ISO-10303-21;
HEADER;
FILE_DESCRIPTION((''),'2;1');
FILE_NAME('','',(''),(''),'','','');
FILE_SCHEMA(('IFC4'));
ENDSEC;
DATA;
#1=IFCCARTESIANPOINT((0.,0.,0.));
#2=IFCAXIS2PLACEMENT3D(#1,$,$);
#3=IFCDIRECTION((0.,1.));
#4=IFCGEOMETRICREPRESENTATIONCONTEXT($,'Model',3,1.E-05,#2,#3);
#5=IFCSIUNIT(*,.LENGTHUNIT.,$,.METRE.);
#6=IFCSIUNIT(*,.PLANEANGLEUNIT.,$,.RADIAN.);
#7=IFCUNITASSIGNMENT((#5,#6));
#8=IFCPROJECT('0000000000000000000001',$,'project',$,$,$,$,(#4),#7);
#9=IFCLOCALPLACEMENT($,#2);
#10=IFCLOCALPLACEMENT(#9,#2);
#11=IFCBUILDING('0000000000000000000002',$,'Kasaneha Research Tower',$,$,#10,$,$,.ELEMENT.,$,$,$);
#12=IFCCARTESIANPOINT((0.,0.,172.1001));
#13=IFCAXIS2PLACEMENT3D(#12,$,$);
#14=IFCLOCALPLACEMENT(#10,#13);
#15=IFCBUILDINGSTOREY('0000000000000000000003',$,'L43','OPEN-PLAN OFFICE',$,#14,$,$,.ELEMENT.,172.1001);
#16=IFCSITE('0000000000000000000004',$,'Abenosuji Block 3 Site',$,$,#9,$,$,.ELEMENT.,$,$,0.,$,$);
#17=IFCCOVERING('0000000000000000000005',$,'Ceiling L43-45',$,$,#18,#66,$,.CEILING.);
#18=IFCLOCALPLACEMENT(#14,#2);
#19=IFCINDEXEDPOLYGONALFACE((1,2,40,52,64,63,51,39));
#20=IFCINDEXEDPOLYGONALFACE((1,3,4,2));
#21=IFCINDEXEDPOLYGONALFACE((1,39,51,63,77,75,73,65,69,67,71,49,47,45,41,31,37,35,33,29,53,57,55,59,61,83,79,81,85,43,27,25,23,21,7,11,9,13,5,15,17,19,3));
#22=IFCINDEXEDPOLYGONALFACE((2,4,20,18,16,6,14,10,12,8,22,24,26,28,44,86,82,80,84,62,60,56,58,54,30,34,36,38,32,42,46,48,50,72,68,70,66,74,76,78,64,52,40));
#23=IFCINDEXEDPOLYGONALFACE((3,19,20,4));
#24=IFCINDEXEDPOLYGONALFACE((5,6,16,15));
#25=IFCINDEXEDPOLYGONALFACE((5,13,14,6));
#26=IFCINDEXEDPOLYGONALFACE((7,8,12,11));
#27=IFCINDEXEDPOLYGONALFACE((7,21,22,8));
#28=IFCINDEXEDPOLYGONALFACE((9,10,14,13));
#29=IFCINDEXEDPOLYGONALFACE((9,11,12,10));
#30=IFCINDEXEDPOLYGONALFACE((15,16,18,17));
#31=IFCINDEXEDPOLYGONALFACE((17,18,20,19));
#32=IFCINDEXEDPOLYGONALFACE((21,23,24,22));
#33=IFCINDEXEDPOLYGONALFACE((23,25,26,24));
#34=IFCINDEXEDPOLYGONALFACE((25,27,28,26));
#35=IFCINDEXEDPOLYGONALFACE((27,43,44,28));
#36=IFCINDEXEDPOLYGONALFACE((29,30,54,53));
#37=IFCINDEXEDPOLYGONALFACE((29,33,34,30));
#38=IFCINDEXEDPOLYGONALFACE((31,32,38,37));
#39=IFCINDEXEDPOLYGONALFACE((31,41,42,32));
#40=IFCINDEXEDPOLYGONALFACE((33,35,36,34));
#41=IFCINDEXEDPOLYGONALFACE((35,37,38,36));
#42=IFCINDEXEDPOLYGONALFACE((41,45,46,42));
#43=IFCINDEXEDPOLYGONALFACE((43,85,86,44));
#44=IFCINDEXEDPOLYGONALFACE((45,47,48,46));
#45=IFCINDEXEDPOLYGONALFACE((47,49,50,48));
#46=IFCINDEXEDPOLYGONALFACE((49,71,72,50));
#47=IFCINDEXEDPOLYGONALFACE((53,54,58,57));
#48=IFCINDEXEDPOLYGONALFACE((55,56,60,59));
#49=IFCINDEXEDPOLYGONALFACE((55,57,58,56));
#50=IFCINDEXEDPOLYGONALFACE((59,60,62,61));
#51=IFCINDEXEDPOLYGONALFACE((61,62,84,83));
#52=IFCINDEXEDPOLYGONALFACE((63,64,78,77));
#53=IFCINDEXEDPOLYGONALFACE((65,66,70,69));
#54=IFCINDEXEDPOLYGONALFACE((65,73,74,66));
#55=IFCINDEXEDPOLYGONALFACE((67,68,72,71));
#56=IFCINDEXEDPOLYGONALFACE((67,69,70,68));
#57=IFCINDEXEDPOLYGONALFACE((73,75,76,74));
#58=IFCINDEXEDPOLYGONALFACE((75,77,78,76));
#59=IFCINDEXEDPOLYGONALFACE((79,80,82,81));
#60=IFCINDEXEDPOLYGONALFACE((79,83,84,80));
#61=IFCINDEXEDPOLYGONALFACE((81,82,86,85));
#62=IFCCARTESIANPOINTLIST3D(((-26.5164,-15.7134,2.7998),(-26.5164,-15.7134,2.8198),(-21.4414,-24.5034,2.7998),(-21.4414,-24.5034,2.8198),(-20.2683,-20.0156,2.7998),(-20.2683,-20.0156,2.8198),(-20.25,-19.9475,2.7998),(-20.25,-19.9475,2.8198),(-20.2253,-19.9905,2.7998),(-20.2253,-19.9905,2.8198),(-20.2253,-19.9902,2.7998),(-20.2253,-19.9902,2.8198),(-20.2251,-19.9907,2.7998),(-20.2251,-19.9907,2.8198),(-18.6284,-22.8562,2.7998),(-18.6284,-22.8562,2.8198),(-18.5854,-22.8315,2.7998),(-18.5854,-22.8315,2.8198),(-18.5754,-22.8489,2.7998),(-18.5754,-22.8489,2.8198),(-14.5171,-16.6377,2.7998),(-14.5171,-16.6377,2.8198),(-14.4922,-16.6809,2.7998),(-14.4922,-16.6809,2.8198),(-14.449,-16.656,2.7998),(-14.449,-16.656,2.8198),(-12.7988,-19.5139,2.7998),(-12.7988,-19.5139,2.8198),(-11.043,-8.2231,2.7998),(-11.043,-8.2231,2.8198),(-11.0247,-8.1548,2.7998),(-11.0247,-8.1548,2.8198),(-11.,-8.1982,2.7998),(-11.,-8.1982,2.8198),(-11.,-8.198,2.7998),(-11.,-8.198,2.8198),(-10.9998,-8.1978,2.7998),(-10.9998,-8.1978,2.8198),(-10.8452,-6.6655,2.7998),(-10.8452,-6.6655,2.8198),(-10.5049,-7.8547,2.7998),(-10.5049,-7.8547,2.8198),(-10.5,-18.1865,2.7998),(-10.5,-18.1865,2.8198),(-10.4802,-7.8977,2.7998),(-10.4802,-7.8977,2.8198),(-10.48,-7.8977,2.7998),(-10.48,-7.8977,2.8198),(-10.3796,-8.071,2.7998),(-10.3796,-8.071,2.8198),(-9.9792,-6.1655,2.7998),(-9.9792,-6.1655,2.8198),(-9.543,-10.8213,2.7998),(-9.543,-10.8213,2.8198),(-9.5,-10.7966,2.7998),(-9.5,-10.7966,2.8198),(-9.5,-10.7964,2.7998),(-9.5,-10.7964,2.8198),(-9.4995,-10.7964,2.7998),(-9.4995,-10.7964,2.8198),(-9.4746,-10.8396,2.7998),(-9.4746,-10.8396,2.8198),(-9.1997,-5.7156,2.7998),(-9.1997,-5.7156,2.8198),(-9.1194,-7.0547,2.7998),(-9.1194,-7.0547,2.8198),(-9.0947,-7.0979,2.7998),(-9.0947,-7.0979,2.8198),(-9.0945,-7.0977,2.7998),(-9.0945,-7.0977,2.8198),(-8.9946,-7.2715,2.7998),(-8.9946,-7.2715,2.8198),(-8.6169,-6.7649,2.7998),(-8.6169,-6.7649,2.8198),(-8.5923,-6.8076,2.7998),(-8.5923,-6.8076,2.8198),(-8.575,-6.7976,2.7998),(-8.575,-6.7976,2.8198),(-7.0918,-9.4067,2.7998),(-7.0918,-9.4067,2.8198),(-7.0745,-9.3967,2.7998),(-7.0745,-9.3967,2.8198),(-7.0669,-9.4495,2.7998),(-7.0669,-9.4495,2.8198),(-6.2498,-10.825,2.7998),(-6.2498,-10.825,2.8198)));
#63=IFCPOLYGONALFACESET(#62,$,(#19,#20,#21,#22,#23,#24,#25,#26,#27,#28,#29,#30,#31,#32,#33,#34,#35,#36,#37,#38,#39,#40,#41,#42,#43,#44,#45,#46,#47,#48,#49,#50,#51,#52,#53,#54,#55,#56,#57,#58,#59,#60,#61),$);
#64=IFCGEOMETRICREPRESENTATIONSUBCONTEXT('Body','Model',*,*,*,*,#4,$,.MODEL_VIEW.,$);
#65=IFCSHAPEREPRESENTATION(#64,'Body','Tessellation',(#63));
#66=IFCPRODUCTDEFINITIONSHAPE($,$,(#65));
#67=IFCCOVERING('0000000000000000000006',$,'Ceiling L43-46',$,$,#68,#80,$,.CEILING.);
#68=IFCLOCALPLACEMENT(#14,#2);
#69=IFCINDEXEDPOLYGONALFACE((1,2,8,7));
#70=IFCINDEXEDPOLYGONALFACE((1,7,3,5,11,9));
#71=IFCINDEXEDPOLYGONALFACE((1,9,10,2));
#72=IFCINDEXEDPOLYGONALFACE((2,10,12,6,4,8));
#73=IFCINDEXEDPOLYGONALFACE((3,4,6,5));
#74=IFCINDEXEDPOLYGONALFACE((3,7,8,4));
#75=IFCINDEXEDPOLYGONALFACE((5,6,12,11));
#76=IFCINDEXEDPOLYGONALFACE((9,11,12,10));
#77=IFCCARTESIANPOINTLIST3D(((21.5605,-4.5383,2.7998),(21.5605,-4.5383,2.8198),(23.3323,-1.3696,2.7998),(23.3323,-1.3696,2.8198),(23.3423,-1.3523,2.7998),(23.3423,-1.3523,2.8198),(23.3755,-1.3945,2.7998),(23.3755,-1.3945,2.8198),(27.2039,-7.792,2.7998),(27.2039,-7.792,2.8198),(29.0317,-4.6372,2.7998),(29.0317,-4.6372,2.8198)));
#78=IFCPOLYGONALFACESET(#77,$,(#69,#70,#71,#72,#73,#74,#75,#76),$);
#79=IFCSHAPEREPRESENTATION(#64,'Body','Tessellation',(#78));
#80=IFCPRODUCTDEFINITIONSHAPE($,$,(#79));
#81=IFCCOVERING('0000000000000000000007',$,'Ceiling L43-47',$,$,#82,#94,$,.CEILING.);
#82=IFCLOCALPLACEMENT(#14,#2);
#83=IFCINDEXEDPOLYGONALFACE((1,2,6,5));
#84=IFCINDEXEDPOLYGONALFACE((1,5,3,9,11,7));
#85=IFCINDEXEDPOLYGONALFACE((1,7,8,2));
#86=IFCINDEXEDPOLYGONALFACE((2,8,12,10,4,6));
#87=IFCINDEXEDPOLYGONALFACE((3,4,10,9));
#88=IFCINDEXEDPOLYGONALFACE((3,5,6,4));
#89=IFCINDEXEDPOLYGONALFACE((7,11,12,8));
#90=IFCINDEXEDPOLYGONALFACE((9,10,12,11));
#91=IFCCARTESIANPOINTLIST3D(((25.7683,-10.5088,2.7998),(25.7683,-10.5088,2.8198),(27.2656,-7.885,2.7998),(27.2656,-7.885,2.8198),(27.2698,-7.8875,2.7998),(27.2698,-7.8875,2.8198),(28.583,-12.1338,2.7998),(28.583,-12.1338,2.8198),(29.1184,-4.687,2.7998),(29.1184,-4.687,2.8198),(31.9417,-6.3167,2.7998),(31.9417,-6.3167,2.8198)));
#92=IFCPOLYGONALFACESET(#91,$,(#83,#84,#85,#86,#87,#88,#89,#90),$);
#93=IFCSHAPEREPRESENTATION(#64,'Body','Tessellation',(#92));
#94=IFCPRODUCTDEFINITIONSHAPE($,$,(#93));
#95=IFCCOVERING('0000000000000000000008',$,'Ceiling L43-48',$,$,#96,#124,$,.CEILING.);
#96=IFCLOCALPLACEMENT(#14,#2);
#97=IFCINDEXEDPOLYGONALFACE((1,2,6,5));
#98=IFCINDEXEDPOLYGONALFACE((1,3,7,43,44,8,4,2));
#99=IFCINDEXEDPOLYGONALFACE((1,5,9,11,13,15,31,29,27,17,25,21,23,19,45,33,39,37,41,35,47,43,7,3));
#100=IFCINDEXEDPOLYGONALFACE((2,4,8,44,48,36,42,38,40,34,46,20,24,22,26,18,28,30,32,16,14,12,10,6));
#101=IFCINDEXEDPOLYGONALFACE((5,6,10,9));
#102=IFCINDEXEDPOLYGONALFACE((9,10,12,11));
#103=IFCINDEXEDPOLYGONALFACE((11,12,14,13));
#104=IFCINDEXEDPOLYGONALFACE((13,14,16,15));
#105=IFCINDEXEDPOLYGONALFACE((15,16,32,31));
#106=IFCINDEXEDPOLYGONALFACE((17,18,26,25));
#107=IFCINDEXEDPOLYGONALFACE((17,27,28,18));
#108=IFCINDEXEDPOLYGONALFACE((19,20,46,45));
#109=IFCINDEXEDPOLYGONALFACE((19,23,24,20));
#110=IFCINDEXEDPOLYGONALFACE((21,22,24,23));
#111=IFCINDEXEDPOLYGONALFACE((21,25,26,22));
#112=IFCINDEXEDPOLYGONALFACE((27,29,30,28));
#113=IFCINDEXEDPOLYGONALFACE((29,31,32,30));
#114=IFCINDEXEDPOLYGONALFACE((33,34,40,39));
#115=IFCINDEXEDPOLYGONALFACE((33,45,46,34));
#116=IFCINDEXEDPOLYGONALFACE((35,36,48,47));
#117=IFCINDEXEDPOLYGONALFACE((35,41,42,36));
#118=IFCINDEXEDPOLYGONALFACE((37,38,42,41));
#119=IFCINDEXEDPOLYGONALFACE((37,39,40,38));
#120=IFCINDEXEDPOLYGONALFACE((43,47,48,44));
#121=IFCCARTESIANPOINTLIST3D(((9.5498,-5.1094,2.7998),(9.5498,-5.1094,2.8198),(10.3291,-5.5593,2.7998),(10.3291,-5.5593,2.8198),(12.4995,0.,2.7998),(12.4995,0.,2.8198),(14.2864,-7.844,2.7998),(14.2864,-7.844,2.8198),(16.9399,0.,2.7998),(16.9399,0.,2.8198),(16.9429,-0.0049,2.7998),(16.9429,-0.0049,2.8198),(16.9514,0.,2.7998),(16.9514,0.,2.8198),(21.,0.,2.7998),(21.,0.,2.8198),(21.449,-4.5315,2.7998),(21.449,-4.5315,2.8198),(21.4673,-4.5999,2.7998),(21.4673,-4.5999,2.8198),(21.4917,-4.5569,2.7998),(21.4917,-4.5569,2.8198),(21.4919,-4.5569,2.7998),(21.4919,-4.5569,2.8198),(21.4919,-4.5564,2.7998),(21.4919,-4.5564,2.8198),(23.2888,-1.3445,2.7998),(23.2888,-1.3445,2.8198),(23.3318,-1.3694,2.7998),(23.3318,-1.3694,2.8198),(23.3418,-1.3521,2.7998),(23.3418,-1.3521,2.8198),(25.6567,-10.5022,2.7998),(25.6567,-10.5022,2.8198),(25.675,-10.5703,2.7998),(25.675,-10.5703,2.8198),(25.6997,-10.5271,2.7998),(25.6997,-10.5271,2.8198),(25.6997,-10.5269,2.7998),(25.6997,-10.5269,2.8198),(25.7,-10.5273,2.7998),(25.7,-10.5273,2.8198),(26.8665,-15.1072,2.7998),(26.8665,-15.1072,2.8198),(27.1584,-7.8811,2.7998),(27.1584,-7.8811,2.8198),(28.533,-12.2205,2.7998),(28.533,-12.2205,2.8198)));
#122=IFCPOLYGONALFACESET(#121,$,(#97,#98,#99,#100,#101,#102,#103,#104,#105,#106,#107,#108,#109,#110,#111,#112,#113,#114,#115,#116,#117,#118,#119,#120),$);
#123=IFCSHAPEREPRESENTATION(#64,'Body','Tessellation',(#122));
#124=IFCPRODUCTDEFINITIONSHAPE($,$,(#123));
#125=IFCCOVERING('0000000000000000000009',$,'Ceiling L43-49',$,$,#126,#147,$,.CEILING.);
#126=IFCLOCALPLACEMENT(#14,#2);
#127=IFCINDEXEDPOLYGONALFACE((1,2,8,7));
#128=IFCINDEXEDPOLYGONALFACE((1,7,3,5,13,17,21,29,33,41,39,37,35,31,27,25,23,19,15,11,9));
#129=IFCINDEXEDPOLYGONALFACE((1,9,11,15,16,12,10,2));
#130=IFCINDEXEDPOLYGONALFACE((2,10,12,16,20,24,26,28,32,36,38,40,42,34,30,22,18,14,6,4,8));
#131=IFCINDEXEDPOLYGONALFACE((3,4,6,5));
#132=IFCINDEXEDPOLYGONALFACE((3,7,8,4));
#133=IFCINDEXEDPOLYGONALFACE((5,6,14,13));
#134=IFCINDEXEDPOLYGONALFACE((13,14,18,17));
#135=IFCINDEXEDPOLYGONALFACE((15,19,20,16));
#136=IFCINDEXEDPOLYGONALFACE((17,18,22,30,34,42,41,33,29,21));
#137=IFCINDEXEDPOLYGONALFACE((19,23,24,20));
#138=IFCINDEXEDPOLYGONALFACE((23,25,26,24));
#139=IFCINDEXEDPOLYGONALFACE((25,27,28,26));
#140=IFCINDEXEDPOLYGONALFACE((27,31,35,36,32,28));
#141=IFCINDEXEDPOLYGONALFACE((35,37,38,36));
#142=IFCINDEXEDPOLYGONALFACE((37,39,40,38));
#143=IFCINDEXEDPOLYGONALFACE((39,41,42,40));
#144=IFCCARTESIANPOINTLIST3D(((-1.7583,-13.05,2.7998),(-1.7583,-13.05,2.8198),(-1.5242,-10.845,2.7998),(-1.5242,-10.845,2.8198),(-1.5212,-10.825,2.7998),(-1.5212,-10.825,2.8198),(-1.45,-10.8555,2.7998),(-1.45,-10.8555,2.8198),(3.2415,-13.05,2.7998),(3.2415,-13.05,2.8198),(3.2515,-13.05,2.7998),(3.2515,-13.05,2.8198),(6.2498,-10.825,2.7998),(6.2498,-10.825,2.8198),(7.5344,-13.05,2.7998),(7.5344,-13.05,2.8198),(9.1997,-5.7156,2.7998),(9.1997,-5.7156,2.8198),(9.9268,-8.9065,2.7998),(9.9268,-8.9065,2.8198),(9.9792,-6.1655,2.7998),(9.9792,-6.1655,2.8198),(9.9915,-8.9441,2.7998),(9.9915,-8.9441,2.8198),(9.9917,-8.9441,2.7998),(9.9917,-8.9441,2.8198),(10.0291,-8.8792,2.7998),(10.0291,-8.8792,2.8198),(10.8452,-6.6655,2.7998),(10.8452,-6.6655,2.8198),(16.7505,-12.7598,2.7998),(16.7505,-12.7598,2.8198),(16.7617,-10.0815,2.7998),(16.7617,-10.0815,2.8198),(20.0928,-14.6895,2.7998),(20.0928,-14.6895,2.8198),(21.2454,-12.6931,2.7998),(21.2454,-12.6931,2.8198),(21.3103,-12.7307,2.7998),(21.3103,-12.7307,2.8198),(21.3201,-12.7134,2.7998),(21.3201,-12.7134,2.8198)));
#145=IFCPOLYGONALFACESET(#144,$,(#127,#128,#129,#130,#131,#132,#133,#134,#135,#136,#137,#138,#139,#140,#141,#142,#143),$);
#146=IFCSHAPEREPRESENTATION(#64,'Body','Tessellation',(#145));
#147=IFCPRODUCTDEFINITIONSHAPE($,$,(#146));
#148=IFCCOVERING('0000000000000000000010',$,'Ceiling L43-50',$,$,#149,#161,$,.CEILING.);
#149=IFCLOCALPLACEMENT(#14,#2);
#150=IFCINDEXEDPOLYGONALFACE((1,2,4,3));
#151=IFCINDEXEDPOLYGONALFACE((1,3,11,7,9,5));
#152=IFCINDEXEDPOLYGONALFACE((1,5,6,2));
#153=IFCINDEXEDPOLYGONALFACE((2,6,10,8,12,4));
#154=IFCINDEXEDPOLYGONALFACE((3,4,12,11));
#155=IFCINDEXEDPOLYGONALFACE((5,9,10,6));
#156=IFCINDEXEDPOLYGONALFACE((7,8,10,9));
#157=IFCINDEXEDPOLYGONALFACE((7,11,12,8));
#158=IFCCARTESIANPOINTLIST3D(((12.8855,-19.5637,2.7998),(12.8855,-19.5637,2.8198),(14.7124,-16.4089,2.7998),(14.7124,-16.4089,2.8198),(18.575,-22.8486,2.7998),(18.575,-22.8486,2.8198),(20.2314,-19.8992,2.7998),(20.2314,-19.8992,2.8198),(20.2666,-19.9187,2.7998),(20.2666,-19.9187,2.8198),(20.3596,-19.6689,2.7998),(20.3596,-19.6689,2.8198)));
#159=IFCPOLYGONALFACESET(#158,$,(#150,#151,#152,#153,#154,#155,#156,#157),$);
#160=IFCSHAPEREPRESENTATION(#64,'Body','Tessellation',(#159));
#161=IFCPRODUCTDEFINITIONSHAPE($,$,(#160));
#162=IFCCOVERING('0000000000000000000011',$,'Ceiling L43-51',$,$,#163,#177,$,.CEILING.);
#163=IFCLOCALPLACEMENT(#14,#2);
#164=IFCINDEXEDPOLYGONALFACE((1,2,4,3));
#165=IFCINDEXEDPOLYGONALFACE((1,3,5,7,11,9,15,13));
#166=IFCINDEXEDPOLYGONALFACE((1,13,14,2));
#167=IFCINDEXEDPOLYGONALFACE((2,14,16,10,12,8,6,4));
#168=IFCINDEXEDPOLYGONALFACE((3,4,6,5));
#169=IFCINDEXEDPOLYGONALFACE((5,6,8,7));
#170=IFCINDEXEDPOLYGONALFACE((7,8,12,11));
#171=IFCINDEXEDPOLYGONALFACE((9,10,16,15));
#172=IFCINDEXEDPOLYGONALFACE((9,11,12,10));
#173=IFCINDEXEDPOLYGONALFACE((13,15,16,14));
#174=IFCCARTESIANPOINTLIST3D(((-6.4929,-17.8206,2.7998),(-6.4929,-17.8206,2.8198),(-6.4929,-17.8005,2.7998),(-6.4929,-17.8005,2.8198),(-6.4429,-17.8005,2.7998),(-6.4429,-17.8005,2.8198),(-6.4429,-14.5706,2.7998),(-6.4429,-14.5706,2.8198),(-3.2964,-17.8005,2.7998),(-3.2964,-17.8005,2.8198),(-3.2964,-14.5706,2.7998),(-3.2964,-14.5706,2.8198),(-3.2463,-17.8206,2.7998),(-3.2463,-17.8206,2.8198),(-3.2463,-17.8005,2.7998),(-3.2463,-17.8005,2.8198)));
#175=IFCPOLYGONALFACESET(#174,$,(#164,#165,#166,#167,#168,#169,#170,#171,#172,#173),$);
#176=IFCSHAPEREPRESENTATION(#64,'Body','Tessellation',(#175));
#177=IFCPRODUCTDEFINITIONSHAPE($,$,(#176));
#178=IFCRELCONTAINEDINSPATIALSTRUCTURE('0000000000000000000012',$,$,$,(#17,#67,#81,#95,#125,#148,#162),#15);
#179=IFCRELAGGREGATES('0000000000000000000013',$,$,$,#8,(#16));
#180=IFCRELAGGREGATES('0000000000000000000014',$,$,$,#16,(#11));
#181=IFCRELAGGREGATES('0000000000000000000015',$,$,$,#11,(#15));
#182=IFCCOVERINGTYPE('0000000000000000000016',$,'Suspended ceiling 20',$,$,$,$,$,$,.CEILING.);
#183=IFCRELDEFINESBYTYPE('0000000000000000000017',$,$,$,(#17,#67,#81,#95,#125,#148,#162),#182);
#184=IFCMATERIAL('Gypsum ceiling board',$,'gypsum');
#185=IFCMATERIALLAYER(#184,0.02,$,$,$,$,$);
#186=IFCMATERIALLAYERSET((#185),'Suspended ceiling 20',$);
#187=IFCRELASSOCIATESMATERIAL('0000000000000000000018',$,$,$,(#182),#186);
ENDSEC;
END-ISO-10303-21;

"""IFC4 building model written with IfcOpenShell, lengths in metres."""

from ifc_helpers import new_model, si_unit, direction, frame, origin, place, context, subcontext, project, spatial, polyline, outline, extrude, material, layer, layer_set, type_object, element, save


model = new_model("IFC4")

# Units and contexts
model_context = context("Model", 3, precision=1e-05, world=origin(), true_north=direction((0.0, 1.0)))
body_context = subcontext(model_context, "Body", "Model", "MODEL_VIEW")
ifc_project = project(units=[si_unit("LENGTHUNIT", "METRE"), si_unit("PLANEANGLEUNIT", "RADIAN")], contexts=[model_context])

# Site, building, storey
site_placement = place(None, origin())
site = spatial("IfcSite", under=ifc_project, at=site_placement, Name="Abenosuji Block 3 Site", CompositionType="ELEMENT", RefElevation=0.0)
building_placement = place(site_placement, origin())
building = spatial("IfcBuilding", under=site, at=building_placement, Name="Kasaneha Research Tower", CompositionType="ELEMENT")
storey_placement = place(building_placement, frame((0.0, 0.0, 172.1001)))
storey = spatial("IfcBuildingStorey", under=building, at=storey_placement, Name="L43", Description="OPEN-PLAN OFFICE", CompositionType="ELEMENT", Elevation=172.1001)

# Coverings
ifc_material_1 = material(Name="Gypsum ceiling board", Category="gypsum")
ifc_layer_1 = layer(ifc_material_1, 0.02)
ifc_layer_set_1 = layer_set([ifc_layer_1], Name="Suspended ceiling 20")
covering_type_1 = type_object("IfcCoveringType", Name="Suspended ceiling 20", PredefinedType="CEILING", material=ifc_layer_set_1)
covering_1_placement = place(storey_placement, frame((0.0, 0.0, 2.7998)))
element("IfcCovering", 1, at=covering_1_placement, inside=storey, type_object=covering_type_1, Name="Ceiling L43-45", PredefinedType="CEILING", context=body_context, shape_type="SweptSolid", body=[
    extrude(outline(polyline([(-9.9792, -6.1655), (-9.9792, -6.1655), (-9.1997, -5.7156), (-8.575, -6.7976), (-8.5923, -6.8076), (-8.6169, -6.7649), (-9.1194, -7.0547), (-9.0945, -7.0977), (-9.0947, -7.0979), (-8.9946, -7.2715), (-10.3796, -8.071), (-10.48, -7.8977), (-10.4802, -7.8977), (-10.5049, -7.8547), (-11.0247, -8.1548), (-10.9998, -8.1978), (-11.0, -8.198), (-11.0, -8.1982), (-11.043, -8.2231), (-9.543, -10.8213), (-9.5, -10.7964), (-9.5, -10.7966), (-9.4995, -10.7964), (-9.4746, -10.8396), (-7.0669, -9.4495), (-7.0918, -9.4067), (-7.0745, -9.3967), (-6.2498, -10.825), (-10.5, -18.1865), (-12.7988, -19.5139), (-14.449, -16.656), (-14.4922, -16.6809), (-14.5171, -16.6377), (-20.25, -19.9475), (-20.2253, -19.9902), (-20.2253, -19.9905), (-20.2251, -19.9907), (-20.2683, -20.0156), (-18.6284, -22.8562), (-18.5854, -22.8315), (-18.5754, -22.8489), (-21.4414, -24.5034), (-26.5164, -15.7134), (-10.8452, -6.6655), (-10.8452, -6.6655), (-9.9792, -6.1655)])), origin(), (0.0, 0.0, 1.0), 0.02),
])
covering_2_placement = place(storey_placement, frame((0.0, 0.0, 2.7998)))
element("IfcCovering", 2, at=covering_2_placement, inside=storey, type_object=covering_type_1, Name="Ceiling L43-46", PredefinedType="CEILING", context=body_context, shape_type="SweptSolid", body=[
    extrude(outline(polyline([(29.0317, -4.6372), (27.2039, -7.792), (21.5605, -4.5383), (23.3755, -1.3945), (23.3323, -1.3696), (23.3423, -1.3523), (29.0317, -4.6372)])), origin(), (0.0, 0.0, 1.0), 0.02),
])
covering_3_placement = place(storey_placement, frame((0.0, 0.0, 2.7998)))
element("IfcCovering", 3, at=covering_3_placement, inside=storey, type_object=covering_type_1, Name="Ceiling L43-47", PredefinedType="CEILING", context=body_context, shape_type="SweptSolid", body=[
    extrude(outline(polyline([(31.9417, -6.3167), (28.583, -12.1338), (25.7683, -10.5088), (27.2698, -7.8875), (27.2656, -7.885), (29.1184, -4.687), (31.9417, -6.3167)])), origin(), (0.0, 0.0, 1.0), 0.02),
])
covering_4_placement = place(storey_placement, frame((0.0, 0.0, 2.7998)))
element("IfcCovering", 4, at=covering_4_placement, inside=storey, type_object=covering_type_1, Name="Ceiling L43-48", PredefinedType="CEILING", context=body_context, shape_type="SweptSolid", body=[
    extrude(outline(polyline([(9.5498, -5.1094), (12.4995, 0.0), (16.9399, 0.0), (16.9429, -0.0049), (16.9514, 0.0), (21.0, 0.0), (23.3418, -1.3521), (23.3318, -1.3694), (23.2888, -1.3445), (21.449, -4.5315), (21.4919, -4.5564), (21.4917, -4.5569), (21.4919, -4.5569), (21.4673, -4.5999), (27.1584, -7.8811), (25.6567, -10.5022), (25.6997, -10.5269), (25.6997, -10.5271), (25.7, -10.5273), (25.675, -10.5703), (28.533, -12.2205), (26.8665, -15.1072), (14.2864, -7.844), (10.3291, -5.5593), (10.3291, -5.5593), (9.5498, -5.1094)])), origin(), (0.0, 0.0, 1.0), 0.02),
])
covering_5_placement = place(storey_placement, frame((0.0, 0.0, 2.7998)))
element("IfcCovering", 5, at=covering_5_placement, inside=storey, type_object=covering_type_1, Name="Ceiling L43-49", PredefinedType="CEILING", context=body_context, shape_type="SweptSolid", body=[
    extrude(outline(polyline([(9.9915, -8.9441), (9.9268, -8.9065), (7.5344, -13.05), (3.2515, -13.05), (3.2415, -13.05), (-1.7583, -13.05), (-1.45, -10.8555), (-1.5242, -10.845), (-1.5212, -10.825), (6.2498, -10.825), (9.1997, -5.7156), (9.9792, -6.1655), (9.9792, -6.1655), (10.8452, -6.6655), (10.8452, -6.6655), (16.7617, -10.0815), (21.3201, -12.7134), (21.3103, -12.7307), (21.2454, -12.6931), (20.0928, -14.6895), (16.7505, -12.7598), (16.7505, -12.7598), (10.0291, -8.8792), (9.9917, -8.9441), (9.9917, -8.9441), (9.9915, -8.9441)])), origin(), (0.0, 0.0, 1.0), 0.02),
])
covering_6_placement = place(storey_placement, frame((0.0, 0.0, 2.7998)))
element("IfcCovering", 6, at=covering_6_placement, inside=storey, type_object=covering_type_1, Name="Ceiling L43-50", PredefinedType="CEILING", context=body_context, shape_type="SweptSolid", body=[
    extrude(outline(polyline([(18.575, -22.8486), (12.8855, -19.5637), (14.7124, -16.4089), (20.3596, -19.6689), (20.2314, -19.8992), (20.2666, -19.9187), (18.575, -22.8486)])), origin(), (0.0, 0.0, 1.0), 0.02),
])
covering_7_placement = place(storey_placement, frame((0.0, 0.0, 2.7998)))
element("IfcCovering", 7, at=covering_7_placement, inside=storey, type_object=covering_type_1, Name="Ceiling L43-51", PredefinedType="CEILING", context=body_context, shape_type="SweptSolid", body=[
    extrude(outline(polyline([(-6.4929, -17.8206), (-6.4929, -17.8005), (-6.4429, -17.8005), (-6.4429, -14.5706), (-3.2964, -14.5706), (-3.2964, -17.8005), (-3.2463, -17.8005), (-3.2463, -17.8206), (-6.4929, -17.8206)])), origin(), (0.0, 0.0, 1.0), 0.02),
])

save(model, "model.ifc")
